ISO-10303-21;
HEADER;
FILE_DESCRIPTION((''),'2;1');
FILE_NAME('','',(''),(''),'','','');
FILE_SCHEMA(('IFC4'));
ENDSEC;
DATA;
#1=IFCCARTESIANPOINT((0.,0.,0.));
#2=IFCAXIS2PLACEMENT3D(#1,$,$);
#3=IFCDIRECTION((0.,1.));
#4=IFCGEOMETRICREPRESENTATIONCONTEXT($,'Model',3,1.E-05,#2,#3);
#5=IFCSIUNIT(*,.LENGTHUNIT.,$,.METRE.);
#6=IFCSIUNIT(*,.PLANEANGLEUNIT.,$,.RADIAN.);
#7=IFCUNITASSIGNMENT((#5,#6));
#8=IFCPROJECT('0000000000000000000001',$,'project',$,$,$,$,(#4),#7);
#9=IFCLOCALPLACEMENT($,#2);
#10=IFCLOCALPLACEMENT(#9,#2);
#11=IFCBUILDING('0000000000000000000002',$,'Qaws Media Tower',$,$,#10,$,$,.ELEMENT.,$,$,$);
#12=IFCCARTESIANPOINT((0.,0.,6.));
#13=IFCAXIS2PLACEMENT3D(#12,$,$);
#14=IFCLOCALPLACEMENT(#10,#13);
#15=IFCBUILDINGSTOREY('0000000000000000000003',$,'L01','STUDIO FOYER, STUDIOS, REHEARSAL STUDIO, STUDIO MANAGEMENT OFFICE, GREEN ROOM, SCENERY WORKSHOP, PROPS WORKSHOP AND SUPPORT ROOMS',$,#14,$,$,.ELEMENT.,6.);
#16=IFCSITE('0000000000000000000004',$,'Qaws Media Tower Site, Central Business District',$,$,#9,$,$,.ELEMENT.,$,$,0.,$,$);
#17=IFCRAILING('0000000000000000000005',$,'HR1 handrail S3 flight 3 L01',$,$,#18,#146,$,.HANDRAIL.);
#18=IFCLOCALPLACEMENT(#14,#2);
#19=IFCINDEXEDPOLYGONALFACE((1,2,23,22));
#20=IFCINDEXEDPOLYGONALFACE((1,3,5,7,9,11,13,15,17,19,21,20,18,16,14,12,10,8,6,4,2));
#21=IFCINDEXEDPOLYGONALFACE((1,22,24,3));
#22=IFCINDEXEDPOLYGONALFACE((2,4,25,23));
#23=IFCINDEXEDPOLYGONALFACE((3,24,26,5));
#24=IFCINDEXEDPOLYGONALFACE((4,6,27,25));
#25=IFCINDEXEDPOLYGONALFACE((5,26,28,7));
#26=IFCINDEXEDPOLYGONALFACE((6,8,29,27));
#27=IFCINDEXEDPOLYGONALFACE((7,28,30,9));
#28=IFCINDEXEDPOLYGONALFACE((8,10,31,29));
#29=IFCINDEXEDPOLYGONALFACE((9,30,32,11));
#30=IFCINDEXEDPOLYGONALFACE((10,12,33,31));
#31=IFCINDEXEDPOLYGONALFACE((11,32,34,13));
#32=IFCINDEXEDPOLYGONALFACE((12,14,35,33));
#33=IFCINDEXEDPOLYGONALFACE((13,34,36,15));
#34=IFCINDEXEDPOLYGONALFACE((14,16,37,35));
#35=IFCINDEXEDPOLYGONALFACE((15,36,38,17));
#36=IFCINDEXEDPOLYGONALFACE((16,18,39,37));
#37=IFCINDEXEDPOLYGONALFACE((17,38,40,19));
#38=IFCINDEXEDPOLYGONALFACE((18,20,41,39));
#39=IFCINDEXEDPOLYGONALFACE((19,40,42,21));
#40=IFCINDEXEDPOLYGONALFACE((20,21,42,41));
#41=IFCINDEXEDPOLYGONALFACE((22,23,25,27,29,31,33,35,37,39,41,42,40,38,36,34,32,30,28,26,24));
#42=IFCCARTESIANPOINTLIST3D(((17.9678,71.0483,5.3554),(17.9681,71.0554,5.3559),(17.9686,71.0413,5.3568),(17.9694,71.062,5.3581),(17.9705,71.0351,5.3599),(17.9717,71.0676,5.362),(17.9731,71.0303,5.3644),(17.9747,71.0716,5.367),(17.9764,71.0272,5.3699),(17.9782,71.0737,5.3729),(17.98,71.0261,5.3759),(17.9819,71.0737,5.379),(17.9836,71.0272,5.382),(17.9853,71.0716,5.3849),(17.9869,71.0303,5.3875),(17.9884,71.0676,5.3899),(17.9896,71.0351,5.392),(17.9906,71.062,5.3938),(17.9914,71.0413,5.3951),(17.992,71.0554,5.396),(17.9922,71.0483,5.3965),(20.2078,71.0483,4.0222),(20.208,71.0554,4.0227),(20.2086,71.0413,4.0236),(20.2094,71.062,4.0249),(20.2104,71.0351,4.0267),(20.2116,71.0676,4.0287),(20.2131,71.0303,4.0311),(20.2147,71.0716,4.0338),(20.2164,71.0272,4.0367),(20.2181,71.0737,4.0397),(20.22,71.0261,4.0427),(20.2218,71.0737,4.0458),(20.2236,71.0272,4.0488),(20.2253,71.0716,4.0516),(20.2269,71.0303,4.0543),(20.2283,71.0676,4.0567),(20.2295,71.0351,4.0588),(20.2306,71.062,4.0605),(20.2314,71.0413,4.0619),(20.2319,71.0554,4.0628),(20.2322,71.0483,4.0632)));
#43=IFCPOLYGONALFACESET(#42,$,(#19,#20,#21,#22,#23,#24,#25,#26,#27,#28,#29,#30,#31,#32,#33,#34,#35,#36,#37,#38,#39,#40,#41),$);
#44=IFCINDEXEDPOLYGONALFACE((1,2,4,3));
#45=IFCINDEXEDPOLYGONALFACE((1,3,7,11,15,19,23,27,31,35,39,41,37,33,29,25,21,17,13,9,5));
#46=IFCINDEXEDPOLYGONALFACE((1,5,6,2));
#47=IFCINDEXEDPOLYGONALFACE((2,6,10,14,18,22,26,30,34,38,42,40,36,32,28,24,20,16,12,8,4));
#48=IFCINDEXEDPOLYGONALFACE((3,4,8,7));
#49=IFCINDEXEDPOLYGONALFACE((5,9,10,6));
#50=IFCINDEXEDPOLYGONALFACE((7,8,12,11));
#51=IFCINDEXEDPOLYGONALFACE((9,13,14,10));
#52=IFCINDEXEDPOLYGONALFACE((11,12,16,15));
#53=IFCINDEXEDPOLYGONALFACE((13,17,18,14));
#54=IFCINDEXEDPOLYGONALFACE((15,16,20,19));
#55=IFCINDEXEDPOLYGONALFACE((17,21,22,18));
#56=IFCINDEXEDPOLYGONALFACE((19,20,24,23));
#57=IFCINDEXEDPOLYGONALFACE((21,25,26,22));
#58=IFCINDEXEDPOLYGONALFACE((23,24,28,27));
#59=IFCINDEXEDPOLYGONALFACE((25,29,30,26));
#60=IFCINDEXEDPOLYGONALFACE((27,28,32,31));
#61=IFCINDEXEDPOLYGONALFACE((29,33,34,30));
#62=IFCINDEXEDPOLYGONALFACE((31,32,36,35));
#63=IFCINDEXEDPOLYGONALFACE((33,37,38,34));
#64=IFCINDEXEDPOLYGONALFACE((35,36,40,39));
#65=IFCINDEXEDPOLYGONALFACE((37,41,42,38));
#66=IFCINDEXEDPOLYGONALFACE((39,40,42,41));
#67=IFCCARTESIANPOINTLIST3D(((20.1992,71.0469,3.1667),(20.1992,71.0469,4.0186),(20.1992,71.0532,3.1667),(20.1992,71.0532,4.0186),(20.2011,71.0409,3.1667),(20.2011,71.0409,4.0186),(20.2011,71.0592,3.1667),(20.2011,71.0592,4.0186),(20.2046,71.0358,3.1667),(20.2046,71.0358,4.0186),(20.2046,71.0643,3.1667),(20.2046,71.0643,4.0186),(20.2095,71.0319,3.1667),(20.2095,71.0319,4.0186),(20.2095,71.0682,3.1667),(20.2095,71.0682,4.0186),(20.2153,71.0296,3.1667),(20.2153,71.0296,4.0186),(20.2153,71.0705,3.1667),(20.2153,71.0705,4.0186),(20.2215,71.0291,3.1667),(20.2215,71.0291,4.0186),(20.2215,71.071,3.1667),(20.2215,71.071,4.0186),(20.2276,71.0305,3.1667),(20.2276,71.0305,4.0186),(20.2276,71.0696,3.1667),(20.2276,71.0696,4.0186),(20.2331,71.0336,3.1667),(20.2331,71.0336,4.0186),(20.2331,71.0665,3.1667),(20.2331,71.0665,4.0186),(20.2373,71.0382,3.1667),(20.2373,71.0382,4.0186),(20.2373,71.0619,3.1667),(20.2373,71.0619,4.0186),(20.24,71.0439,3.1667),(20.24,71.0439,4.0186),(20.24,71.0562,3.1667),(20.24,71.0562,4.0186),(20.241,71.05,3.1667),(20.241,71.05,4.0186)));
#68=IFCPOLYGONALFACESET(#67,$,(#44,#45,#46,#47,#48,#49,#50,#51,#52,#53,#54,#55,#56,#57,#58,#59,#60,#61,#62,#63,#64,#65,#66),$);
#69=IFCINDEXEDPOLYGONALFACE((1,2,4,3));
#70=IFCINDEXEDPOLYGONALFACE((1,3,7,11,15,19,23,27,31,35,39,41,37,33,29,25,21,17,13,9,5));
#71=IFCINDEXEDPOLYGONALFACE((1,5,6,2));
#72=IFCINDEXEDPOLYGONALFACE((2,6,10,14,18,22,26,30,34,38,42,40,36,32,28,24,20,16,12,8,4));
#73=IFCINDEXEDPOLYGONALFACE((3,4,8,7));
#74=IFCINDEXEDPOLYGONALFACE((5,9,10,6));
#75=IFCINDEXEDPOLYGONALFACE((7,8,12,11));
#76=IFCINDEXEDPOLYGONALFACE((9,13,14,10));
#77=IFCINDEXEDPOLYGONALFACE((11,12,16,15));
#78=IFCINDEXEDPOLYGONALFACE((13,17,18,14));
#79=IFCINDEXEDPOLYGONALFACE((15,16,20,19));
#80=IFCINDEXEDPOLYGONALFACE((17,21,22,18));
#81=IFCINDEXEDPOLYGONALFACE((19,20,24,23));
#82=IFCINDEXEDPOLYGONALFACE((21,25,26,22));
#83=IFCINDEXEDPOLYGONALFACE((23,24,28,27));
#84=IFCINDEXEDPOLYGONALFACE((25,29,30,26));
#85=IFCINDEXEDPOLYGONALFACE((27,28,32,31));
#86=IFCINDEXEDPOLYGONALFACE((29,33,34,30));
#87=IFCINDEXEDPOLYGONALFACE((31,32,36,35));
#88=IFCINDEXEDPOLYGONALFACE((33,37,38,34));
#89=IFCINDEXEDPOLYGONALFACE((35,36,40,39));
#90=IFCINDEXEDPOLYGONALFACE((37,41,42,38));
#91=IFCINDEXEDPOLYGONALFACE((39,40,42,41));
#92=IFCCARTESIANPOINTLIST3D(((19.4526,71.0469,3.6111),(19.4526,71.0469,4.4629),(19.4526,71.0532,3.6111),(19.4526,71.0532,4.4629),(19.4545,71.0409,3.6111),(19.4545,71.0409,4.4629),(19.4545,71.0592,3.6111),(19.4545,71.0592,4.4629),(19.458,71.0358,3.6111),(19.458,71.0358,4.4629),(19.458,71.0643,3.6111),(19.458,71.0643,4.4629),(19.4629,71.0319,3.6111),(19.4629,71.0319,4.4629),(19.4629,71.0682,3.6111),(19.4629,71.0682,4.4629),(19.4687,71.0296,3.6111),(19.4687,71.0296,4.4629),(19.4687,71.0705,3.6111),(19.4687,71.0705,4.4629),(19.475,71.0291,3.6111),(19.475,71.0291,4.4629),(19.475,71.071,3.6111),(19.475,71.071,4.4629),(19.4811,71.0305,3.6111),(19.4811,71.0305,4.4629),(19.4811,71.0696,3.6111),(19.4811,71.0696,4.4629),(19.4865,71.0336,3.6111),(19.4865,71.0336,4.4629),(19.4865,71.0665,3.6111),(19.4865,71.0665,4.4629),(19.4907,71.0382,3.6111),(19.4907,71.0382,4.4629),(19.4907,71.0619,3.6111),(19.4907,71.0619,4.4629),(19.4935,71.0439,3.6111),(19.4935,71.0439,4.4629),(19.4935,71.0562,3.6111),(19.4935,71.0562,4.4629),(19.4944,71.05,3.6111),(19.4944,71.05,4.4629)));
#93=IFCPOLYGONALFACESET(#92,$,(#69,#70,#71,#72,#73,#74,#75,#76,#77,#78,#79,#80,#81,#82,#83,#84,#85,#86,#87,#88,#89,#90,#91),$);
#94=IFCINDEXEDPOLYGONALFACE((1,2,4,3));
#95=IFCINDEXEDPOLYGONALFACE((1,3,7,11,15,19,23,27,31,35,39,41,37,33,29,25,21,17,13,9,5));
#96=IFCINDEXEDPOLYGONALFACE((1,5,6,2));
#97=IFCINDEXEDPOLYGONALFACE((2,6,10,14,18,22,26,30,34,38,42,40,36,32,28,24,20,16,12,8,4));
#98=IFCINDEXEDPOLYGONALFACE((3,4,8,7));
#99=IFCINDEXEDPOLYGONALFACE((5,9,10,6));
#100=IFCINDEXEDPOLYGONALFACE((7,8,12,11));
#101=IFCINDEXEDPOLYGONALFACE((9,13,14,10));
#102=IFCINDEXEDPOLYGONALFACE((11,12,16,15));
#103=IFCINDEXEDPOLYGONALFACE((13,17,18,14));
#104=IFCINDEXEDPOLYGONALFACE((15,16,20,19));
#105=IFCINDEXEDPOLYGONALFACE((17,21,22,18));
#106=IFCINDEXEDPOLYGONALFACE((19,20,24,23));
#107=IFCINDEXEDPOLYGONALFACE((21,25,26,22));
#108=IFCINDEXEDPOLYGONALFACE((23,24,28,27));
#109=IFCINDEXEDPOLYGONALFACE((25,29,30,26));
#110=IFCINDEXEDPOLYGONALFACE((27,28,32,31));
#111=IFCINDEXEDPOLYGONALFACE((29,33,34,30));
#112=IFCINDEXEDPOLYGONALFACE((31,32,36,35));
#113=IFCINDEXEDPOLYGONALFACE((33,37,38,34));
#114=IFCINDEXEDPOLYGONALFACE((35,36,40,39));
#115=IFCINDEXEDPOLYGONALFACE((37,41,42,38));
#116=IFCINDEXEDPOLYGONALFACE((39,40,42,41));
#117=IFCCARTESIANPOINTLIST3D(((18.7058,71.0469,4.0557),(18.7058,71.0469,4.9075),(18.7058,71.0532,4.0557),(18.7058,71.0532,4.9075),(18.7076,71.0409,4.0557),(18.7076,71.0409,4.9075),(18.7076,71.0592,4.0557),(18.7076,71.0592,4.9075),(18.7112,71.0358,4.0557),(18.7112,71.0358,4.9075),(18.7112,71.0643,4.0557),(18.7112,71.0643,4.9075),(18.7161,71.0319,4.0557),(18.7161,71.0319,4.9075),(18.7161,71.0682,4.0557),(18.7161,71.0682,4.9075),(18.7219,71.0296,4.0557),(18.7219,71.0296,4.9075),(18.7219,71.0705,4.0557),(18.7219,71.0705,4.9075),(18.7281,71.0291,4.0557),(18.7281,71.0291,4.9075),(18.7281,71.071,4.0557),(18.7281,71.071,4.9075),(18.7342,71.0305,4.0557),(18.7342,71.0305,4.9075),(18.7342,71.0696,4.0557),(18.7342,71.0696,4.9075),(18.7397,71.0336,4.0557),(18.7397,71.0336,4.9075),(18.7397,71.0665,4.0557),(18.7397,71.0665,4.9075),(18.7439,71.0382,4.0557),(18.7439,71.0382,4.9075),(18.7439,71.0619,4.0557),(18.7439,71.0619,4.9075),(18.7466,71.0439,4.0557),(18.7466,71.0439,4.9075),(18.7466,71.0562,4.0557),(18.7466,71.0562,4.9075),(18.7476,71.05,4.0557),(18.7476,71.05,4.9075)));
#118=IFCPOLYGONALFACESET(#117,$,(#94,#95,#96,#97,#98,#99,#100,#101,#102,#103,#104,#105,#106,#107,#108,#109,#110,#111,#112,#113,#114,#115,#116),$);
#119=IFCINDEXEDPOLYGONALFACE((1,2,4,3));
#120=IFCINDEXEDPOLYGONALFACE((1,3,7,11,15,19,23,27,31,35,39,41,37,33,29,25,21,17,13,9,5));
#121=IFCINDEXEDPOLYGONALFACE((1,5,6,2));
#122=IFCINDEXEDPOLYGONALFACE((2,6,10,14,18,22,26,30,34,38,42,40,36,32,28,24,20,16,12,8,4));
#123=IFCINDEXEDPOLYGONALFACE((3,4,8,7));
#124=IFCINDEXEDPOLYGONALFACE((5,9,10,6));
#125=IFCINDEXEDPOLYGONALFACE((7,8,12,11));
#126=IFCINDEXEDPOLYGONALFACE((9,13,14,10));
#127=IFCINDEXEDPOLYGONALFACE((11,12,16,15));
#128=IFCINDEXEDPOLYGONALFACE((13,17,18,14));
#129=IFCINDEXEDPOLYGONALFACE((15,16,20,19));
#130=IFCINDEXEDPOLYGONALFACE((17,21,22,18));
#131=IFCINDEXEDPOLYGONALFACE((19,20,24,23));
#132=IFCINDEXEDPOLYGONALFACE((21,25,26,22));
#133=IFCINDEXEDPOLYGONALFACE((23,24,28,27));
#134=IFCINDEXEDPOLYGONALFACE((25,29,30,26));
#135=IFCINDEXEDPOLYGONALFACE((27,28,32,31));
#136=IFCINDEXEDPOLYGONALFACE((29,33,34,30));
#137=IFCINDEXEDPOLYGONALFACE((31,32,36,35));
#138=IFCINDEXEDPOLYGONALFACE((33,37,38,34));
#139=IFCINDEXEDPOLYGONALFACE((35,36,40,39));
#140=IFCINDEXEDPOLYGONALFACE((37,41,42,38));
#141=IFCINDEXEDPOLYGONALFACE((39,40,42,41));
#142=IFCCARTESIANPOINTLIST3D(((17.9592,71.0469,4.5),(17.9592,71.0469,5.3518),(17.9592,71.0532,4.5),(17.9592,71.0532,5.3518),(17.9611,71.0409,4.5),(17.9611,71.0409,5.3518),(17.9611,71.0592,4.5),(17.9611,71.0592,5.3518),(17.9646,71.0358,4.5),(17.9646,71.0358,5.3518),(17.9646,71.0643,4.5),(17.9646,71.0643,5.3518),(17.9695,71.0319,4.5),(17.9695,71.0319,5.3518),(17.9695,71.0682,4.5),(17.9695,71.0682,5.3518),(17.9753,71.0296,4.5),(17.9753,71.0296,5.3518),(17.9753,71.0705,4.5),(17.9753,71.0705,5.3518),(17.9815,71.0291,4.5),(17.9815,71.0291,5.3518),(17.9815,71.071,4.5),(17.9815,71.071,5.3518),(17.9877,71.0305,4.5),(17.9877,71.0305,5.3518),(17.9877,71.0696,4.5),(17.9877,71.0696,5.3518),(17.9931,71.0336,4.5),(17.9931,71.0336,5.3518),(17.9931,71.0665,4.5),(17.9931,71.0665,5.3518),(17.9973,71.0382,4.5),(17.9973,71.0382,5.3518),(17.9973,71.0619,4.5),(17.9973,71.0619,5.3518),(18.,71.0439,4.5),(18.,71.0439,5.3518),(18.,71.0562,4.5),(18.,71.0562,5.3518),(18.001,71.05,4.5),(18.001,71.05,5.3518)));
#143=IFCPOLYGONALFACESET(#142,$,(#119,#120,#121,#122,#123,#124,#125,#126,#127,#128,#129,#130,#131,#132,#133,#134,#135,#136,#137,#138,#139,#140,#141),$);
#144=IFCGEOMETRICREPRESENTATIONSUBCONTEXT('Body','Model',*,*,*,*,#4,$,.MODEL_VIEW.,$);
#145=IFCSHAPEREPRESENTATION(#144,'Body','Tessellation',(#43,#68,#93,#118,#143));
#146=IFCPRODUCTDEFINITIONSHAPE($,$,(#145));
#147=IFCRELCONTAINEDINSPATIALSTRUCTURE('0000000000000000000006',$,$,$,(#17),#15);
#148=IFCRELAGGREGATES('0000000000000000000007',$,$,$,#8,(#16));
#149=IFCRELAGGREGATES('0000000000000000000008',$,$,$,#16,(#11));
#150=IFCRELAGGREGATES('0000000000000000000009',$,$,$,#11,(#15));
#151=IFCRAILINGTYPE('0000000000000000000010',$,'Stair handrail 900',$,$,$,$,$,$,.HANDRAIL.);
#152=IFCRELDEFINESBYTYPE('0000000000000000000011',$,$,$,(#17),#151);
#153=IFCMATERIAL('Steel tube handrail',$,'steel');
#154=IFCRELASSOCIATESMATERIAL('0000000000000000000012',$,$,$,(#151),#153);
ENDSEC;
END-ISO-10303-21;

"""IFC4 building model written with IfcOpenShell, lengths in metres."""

from ifc_helpers import new_model, si_unit, direction, frame, origin, origin_2d, place, context, subcontext, project, spatial, circle, extrude, material, type_object, element, save


model = new_model("IFC4")

# Units and contexts
model_context = context("Model", 3, precision=1e-05, world=origin(), true_north=direction((0.0, 1.0)))
body_context = subcontext(model_context, "Body", "Model", "MODEL_VIEW")
ifc_project = project(units=[si_unit("LENGTHUNIT", "METRE"), si_unit("PLANEANGLEUNIT", "RADIAN")], contexts=[model_context])

# Site, building, storey
site_placement = place(None, origin())
site = spatial("IfcSite", under=ifc_project, at=site_placement, Name="Qaws Media Tower Site, Central Business District", CompositionType="ELEMENT", RefElevation=0.0)
building_placement = place(site_placement, origin())
building = spatial("IfcBuilding", under=site, at=building_placement, Name="Qaws Media Tower", CompositionType="ELEMENT")
storey_placement = place(building_placement, frame((0.0, 0.0, 6.0)))
storey = spatial("IfcBuildingStorey", under=building, at=storey_placement, Name="L01", Description="STUDIO FOYER, STUDIOS, REHEARSAL STUDIO, STUDIO MANAGEMENT OFFICE, GREEN ROOM, SCENERY WORKSHOP, PROPS WORKSHOP AND SUPPORT ROOMS", CompositionType="ELEMENT", Elevation=6.0)

# Railing
ifc_material_1 = material(Name="Steel tube handrail", Category="steel")
railing_type = type_object("IfcRailingType", Name="Stair handrail 900", PredefinedType="HANDRAIL", material=ifc_material_1)
for number, where, name in (
    (1, (20.22, 71.05, 3.1667), "HR1 handrail S3 flight 3 L01"),
):
    element("IfcRailing", number, at=place(storey_placement, frame(where)), inside=storey, type_object=railing_type, Name=name, PredefinedType="HANDRAIL", context=body_context, shape_type="SweptSolid", body=[
        extrude(circle(Radius=0.0239, at=origin_2d()), frame((0.0, 0.0, 0.876), z_axis=(-0.859306, 0.0, 0.511462), x_axis=(0.0, -1.0, 0.0)), (0.0, 0.0, 1.0), 2.6067),
        extrude(circle(Radius=0.021, at=origin_2d()), origin(), (0.0, 0.0, 1.0), 0.8518),
        extrude(circle(Radius=0.021, at=origin_2d()), frame((-0.7466, 0.0, 0.4443)), (0.0, 0.0, 1.0), 0.8518),
        extrude(circle(Radius=0.021, at=origin_2d()), frame((-1.4934, 0.0, 0.8889)), (0.0, 0.0, 1.0), 0.8518),
        extrude(circle(Radius=0.021, at=origin_2d()), frame((-2.24, 0.0, 1.3333)), (0.0, 0.0, 1.0), 0.8518),
    ])

save(model, "model.ifc")
